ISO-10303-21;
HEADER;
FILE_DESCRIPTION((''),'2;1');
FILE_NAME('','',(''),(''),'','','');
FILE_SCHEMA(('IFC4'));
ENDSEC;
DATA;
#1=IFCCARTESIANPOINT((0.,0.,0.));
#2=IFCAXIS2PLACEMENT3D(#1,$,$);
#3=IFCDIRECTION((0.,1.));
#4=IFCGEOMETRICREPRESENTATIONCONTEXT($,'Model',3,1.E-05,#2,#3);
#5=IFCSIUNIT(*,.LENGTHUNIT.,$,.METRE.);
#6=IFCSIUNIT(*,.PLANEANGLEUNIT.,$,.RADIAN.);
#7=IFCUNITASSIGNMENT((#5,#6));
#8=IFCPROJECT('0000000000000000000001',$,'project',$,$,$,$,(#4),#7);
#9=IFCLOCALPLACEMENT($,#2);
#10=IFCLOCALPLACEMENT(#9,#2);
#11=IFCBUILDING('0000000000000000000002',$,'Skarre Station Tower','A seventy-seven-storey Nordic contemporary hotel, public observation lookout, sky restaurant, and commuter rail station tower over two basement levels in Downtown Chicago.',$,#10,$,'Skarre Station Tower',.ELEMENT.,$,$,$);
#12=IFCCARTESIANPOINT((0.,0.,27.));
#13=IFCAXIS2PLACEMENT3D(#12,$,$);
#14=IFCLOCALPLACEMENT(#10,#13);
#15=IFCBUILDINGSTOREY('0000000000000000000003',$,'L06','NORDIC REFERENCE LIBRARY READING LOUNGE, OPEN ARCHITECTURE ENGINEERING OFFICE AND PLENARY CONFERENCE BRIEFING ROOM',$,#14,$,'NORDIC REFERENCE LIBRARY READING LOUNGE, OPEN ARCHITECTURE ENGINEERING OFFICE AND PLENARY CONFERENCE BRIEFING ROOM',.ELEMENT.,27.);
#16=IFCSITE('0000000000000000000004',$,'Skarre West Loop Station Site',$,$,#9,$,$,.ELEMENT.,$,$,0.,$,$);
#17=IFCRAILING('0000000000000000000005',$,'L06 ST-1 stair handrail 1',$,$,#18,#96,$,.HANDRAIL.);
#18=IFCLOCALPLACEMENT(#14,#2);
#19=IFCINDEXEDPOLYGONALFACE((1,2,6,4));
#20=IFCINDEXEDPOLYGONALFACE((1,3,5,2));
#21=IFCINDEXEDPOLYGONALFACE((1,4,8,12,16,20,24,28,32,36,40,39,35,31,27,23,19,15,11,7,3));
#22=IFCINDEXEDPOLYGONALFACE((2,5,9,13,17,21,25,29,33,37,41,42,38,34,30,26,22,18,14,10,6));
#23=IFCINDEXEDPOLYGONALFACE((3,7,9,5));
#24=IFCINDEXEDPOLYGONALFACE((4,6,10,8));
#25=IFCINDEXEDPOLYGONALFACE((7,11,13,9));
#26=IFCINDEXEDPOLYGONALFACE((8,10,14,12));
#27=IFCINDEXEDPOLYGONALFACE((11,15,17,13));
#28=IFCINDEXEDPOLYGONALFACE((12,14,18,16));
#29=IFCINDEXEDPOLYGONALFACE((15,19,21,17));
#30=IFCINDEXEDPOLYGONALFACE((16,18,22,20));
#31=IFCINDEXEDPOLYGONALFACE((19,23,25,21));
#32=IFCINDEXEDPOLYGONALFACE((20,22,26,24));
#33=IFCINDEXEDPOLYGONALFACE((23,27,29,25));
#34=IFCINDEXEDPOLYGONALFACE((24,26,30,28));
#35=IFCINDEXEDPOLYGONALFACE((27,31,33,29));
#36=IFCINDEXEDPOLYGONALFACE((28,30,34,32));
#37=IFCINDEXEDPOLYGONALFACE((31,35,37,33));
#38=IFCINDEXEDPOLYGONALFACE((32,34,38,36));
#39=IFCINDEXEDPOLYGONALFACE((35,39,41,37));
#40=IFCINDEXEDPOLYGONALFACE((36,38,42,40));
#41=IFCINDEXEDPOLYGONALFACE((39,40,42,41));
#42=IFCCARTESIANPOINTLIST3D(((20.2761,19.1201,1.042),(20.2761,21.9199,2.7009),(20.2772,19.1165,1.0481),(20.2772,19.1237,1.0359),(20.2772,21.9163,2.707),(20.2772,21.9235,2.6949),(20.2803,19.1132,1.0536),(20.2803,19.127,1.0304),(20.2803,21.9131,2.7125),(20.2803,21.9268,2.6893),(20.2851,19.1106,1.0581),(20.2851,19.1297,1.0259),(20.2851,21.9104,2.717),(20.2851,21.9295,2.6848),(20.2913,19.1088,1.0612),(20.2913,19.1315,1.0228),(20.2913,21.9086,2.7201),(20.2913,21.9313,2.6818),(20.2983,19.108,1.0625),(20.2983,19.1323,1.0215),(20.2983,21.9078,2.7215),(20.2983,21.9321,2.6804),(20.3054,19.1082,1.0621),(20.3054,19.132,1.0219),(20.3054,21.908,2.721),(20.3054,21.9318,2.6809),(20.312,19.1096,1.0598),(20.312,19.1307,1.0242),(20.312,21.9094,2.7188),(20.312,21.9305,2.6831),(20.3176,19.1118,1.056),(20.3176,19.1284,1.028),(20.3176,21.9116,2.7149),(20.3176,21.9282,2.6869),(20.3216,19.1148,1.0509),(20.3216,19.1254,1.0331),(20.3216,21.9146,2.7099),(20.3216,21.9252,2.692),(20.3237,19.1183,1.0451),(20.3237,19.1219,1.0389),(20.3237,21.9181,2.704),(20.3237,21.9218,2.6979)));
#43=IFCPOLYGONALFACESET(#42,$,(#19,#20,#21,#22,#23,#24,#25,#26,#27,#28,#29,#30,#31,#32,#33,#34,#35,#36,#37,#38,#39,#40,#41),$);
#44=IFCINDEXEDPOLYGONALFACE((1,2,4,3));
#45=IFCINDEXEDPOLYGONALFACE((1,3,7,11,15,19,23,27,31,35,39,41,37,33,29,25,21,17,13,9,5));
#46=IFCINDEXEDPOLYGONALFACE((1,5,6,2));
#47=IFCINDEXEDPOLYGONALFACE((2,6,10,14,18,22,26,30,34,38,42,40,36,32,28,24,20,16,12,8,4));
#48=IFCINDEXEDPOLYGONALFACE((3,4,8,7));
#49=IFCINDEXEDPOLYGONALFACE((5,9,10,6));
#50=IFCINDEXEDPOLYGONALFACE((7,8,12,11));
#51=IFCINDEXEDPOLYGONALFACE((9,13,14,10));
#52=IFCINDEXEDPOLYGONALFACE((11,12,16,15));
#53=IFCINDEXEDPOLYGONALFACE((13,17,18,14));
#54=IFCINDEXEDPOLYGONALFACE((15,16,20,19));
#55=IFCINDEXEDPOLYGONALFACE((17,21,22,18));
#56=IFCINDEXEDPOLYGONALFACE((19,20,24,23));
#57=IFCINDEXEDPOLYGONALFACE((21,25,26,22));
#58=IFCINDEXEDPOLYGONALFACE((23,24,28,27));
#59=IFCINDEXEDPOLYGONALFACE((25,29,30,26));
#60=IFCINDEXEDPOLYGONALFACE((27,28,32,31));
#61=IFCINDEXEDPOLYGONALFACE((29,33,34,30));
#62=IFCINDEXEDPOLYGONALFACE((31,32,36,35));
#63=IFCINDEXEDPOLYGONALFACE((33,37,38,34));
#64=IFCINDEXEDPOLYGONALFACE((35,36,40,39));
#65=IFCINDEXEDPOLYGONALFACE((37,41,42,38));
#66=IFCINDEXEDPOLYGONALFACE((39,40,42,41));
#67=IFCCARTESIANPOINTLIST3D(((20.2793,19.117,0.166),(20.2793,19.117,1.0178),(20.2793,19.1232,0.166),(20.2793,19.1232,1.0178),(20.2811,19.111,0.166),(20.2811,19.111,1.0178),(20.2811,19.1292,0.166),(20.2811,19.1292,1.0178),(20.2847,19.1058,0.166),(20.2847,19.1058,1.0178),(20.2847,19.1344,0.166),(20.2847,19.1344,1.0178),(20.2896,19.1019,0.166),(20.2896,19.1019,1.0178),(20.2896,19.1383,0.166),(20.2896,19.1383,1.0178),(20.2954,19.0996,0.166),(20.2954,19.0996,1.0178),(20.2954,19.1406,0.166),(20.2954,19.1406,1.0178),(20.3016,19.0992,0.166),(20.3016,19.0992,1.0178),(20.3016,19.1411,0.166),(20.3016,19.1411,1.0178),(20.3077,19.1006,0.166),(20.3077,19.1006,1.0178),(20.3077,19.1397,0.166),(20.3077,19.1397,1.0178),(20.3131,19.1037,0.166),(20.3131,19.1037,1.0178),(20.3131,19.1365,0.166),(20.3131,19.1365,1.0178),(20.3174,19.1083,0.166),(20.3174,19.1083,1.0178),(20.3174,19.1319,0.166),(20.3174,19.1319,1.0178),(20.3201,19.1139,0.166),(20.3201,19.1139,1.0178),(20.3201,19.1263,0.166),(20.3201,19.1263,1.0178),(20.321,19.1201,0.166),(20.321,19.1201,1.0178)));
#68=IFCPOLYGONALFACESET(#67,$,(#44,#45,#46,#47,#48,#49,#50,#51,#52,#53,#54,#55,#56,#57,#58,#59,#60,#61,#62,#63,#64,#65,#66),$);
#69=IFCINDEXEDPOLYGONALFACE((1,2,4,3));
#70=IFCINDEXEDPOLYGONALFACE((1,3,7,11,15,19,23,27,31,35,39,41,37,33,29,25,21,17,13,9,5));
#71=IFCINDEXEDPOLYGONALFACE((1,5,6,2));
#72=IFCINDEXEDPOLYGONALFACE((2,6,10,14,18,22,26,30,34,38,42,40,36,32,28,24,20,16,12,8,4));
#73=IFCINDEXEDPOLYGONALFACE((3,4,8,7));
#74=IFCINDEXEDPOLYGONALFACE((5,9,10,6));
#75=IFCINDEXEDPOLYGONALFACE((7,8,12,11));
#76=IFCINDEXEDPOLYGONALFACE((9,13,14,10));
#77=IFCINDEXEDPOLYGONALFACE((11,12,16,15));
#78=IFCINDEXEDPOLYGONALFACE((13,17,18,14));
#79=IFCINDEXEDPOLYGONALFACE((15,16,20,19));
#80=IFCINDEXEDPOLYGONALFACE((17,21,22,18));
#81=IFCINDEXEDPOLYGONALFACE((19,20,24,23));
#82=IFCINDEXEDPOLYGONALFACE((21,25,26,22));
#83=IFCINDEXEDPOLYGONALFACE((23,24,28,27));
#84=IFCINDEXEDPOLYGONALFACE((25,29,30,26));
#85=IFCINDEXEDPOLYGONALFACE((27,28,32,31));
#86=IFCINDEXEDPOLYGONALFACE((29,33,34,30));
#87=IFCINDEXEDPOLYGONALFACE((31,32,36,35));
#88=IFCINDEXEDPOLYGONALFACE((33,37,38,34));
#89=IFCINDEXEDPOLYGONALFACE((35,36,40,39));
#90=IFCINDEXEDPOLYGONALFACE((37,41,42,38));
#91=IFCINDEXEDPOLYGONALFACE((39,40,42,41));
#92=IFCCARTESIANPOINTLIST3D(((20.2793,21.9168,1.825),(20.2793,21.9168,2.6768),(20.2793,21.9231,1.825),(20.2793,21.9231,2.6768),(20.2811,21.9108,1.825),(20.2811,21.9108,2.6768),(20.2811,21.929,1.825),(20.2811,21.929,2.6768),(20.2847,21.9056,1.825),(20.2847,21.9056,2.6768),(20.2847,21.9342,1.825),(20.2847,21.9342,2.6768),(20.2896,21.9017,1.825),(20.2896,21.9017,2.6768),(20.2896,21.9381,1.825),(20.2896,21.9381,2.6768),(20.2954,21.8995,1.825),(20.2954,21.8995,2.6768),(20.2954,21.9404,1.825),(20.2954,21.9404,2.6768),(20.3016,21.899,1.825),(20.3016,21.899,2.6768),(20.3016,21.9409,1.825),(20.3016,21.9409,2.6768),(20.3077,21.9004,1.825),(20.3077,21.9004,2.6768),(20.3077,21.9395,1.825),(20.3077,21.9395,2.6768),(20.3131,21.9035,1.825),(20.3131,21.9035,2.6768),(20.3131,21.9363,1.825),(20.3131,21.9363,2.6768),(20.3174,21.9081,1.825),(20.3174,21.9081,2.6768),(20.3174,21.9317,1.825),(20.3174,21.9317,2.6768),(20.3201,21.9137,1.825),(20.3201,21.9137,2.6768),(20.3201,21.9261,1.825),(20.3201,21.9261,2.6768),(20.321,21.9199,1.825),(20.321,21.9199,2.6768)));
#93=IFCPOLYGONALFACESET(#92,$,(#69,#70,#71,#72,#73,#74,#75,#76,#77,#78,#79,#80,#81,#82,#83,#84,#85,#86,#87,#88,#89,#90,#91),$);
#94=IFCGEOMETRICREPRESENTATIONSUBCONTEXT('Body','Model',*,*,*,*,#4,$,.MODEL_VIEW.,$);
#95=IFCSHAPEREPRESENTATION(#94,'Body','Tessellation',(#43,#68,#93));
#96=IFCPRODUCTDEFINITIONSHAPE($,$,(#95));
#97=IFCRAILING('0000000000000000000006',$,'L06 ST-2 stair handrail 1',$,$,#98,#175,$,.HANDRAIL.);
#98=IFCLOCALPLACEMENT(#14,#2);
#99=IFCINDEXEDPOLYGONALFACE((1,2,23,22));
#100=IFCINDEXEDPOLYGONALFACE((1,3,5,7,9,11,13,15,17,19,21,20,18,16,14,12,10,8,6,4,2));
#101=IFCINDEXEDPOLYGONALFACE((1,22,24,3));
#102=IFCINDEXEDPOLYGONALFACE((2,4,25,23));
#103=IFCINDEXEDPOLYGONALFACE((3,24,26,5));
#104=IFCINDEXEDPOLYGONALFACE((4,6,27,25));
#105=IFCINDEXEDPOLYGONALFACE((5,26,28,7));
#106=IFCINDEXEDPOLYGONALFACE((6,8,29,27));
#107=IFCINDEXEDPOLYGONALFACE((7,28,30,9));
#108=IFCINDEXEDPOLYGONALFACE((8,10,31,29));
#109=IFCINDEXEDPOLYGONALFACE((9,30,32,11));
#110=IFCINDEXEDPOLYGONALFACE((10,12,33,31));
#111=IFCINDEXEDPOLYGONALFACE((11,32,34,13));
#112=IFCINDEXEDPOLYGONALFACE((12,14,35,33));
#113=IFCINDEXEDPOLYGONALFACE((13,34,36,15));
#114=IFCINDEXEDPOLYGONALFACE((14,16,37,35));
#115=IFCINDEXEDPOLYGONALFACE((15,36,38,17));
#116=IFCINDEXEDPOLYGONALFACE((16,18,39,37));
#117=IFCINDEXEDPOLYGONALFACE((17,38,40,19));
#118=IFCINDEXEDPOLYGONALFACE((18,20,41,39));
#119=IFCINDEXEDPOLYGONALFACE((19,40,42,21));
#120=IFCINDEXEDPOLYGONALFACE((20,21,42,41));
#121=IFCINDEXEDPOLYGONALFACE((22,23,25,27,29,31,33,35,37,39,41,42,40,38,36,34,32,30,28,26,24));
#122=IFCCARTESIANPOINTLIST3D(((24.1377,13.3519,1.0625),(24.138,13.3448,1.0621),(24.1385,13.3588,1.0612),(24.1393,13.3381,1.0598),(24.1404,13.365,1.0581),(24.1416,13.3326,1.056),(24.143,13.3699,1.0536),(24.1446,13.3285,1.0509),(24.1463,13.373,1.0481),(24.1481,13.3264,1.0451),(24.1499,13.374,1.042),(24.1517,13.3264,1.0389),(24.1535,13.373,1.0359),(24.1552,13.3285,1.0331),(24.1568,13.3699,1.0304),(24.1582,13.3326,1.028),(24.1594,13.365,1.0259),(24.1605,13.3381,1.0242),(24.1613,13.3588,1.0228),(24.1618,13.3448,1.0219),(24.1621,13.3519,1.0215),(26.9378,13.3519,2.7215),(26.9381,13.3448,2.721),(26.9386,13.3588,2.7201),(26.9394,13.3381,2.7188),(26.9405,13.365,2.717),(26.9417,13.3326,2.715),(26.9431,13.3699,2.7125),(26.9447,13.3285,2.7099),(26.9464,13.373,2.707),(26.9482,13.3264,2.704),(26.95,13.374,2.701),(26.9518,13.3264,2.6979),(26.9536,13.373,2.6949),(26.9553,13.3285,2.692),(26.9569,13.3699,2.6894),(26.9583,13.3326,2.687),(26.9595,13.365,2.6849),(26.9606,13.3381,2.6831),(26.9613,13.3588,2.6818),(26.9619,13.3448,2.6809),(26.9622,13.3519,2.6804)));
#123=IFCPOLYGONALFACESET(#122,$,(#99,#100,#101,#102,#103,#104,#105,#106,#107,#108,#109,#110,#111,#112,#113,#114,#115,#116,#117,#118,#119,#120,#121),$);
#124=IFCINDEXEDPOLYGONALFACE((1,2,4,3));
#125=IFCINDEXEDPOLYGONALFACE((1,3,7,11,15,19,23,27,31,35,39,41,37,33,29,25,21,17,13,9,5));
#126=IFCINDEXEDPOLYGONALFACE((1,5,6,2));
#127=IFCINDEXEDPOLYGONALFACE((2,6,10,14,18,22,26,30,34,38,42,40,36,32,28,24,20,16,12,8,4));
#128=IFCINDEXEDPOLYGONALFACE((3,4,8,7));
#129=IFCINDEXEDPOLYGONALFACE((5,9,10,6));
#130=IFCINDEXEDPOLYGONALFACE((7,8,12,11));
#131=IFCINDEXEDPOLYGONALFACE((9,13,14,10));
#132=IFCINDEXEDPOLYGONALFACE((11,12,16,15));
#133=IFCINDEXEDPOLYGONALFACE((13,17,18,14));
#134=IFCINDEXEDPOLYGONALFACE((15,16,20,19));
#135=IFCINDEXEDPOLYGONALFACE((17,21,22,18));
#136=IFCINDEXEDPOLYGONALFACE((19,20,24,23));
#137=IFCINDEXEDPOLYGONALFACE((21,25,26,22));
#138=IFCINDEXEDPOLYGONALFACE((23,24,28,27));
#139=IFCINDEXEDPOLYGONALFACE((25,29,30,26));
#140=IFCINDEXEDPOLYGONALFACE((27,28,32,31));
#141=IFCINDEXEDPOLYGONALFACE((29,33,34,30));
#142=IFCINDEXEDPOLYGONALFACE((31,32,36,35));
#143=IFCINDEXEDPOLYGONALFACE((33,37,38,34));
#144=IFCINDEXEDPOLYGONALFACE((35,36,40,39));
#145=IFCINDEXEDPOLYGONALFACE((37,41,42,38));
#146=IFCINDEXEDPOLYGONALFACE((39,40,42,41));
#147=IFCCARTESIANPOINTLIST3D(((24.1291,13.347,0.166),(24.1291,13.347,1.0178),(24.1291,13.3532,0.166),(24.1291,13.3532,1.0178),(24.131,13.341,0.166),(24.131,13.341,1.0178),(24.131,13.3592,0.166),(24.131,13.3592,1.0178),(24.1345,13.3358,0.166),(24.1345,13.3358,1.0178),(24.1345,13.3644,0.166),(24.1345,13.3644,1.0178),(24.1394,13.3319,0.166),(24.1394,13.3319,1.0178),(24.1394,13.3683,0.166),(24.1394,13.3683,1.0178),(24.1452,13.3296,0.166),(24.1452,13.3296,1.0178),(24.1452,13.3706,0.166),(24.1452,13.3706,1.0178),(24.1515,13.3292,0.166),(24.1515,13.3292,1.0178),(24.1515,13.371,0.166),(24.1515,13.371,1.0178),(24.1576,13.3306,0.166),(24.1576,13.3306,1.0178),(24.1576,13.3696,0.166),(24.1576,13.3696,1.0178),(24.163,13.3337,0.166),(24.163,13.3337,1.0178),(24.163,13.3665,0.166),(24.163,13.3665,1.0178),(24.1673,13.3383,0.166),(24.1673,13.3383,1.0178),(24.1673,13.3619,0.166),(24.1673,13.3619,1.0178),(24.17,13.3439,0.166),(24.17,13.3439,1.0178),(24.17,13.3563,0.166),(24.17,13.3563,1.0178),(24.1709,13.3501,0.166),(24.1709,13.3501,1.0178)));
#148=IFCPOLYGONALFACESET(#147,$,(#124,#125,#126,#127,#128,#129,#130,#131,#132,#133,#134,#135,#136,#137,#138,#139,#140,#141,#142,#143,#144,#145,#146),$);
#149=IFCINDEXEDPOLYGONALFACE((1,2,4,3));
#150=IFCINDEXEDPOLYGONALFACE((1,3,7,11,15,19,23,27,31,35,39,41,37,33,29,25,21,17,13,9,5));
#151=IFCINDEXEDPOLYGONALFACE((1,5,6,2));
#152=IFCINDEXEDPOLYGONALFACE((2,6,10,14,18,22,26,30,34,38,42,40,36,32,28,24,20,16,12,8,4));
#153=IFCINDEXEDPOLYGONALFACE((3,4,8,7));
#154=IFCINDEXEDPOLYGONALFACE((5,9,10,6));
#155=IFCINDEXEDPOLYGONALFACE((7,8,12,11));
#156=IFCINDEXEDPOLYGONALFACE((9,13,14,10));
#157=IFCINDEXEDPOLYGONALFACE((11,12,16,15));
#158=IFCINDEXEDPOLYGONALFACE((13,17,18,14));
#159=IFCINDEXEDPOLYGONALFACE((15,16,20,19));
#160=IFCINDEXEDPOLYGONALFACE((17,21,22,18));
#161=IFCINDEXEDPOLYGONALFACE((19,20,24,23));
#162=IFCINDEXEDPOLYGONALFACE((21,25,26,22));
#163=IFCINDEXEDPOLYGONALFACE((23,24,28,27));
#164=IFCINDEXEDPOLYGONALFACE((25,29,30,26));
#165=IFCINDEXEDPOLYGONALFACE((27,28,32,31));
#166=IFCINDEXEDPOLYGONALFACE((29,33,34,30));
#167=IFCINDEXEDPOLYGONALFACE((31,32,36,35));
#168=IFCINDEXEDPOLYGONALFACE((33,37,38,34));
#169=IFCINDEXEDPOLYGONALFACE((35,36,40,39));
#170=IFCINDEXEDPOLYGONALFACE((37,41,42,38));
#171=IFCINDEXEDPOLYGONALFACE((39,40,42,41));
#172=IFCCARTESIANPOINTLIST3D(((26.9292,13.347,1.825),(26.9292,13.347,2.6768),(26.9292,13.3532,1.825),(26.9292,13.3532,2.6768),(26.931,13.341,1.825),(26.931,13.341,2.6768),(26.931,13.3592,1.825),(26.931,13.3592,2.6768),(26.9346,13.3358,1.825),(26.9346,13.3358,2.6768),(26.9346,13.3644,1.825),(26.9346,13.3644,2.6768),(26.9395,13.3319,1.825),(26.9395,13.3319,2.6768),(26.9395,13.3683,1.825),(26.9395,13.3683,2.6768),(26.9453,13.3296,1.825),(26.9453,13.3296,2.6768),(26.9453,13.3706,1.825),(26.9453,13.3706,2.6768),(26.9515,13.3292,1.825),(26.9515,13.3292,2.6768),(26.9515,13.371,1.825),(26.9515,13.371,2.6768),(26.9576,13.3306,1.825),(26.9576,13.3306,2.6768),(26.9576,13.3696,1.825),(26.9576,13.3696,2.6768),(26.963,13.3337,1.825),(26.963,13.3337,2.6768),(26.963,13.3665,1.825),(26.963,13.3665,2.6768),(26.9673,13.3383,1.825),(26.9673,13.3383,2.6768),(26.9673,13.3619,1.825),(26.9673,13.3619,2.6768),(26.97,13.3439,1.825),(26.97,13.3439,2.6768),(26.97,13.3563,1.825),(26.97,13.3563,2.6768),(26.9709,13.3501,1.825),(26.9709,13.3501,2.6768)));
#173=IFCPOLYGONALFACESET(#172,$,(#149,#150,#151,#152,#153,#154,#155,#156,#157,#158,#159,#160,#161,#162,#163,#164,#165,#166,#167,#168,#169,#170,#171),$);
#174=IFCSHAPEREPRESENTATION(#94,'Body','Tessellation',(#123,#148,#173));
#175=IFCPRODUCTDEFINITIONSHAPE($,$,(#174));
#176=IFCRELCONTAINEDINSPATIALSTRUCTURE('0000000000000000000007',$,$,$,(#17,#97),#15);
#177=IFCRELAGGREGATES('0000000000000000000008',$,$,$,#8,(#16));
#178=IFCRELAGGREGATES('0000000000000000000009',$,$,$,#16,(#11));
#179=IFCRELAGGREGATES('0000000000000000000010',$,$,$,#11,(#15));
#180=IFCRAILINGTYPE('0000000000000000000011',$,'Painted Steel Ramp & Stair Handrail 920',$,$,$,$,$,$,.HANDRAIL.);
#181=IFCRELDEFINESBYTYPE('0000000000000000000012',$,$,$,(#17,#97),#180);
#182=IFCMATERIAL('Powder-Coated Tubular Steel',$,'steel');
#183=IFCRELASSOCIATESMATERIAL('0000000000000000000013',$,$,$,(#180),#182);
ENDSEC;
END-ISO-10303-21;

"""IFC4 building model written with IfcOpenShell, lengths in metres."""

from ifc_helpers import new_model, si_unit, direction, frame, origin, origin_2d, place, context, subcontext, project, spatial, circle, extrude, material, type_object, element, save


model = new_model("IFC4")

# Units and contexts
model_context = context("Model", 3, precision=1e-05, world=origin(), true_north=direction((0.0, 1.0)))
body_context = subcontext(model_context, "Body", "Model", "MODEL_VIEW")
ifc_project = project(units=[si_unit("LENGTHUNIT", "METRE"), si_unit("PLANEANGLEUNIT", "RADIAN")], contexts=[model_context])

# Site, building, storey
site_placement = place(None, origin())
site = spatial("IfcSite", under=ifc_project, at=site_placement, Name="Skarre West Loop Station Site", CompositionType="ELEMENT", RefElevation=0.0)
building_placement = place(site_placement, origin())
building = spatial("IfcBuilding", under=site, at=building_placement, Name="Skarre Station Tower", Description="A seventy-seven-storey Nordic contemporary hotel, public observation lookout, sky restaurant, and commuter rail station tower over two basement levels in Downtown Chicago.", LongName="Skarre Station Tower", CompositionType="ELEMENT")
storey_placement = place(building_placement, frame((0.0, 0.0, 27.0)))
storey = spatial("IfcBuildingStorey", under=building, at=storey_placement, Name="L06", Description="NORDIC REFERENCE LIBRARY READING LOUNGE, OPEN ARCHITECTURE ENGINEERING OFFICE AND PLENARY CONFERENCE BRIEFING ROOM", LongName="NORDIC REFERENCE LIBRARY READING LOUNGE, OPEN ARCHITECTURE ENGINEERING OFFICE AND PLENARY CONFERENCE BRIEFING ROOM", CompositionType="ELEMENT", Elevation=27.0)

# Railings
ifc_material_1 = material(Name="Powder-Coated Tubular Steel", Category="steel")
railing_type_1 = type_object("IfcRailingType", Name="Painted Steel Ramp & Stair Handrail 920", PredefinedType="HANDRAIL", material=ifc_material_1)
railing_1_placement = place(storey_placement, frame((20.3, 19.1201, 0.166)))
element("IfcRailing", 1, at=railing_1_placement, inside=storey, type_object=railing_type_1, Name="L06 ST-1 stair handrail 1", PredefinedType="HANDRAIL", context=body_context, shape_type="SweptSolid", body=[
    extrude(circle(Radius=0.0239, at=origin_2d()), frame((0.0, 0.0, 0.876), z_axis=(0.0, 0.86032, 0.509755), x_axis=(-1.0, 0.0, 0.0)), (0.0, 0.0, 1.0), 3.2544),
    extrude(circle(Radius=0.021, at=origin_2d()), origin(), (0.0, 0.0, 1.0), 0.8518),
    extrude(circle(Radius=0.021, at=origin_2d()), frame((0.0, 2.7998, 1.6589)), (0.0, 0.0, 1.0), 0.8518),
])
railing_2_placement = place(storey_placement, frame((24.1499, 13.3501, 0.166)))
element("IfcRailing", 2, at=railing_2_placement, inside=storey, type_object=railing_type_1, Name="L06 ST-2 stair handrail 1", PredefinedType="HANDRAIL", context=body_context, shape_type="SweptSolid", body=[
    extrude(circle(Radius=0.0239, at=origin_2d()), frame((0.0, 0.0, 0.876), z_axis=(0.860339, 0.0, 0.509722), x_axis=(0.0, 1.0, 0.0)), (0.0, 0.0, 1.0), 3.2546),
    extrude(circle(Radius=0.021, at=origin_2d()), origin(), (0.0, 0.0, 1.0), 0.8518),
    extrude(circle(Radius=0.021, at=origin_2d()), frame((2.8, 0.0, 1.6589)), (0.0, 0.0, 1.0), 0.8518),
])

save(model, "model.ifc")
